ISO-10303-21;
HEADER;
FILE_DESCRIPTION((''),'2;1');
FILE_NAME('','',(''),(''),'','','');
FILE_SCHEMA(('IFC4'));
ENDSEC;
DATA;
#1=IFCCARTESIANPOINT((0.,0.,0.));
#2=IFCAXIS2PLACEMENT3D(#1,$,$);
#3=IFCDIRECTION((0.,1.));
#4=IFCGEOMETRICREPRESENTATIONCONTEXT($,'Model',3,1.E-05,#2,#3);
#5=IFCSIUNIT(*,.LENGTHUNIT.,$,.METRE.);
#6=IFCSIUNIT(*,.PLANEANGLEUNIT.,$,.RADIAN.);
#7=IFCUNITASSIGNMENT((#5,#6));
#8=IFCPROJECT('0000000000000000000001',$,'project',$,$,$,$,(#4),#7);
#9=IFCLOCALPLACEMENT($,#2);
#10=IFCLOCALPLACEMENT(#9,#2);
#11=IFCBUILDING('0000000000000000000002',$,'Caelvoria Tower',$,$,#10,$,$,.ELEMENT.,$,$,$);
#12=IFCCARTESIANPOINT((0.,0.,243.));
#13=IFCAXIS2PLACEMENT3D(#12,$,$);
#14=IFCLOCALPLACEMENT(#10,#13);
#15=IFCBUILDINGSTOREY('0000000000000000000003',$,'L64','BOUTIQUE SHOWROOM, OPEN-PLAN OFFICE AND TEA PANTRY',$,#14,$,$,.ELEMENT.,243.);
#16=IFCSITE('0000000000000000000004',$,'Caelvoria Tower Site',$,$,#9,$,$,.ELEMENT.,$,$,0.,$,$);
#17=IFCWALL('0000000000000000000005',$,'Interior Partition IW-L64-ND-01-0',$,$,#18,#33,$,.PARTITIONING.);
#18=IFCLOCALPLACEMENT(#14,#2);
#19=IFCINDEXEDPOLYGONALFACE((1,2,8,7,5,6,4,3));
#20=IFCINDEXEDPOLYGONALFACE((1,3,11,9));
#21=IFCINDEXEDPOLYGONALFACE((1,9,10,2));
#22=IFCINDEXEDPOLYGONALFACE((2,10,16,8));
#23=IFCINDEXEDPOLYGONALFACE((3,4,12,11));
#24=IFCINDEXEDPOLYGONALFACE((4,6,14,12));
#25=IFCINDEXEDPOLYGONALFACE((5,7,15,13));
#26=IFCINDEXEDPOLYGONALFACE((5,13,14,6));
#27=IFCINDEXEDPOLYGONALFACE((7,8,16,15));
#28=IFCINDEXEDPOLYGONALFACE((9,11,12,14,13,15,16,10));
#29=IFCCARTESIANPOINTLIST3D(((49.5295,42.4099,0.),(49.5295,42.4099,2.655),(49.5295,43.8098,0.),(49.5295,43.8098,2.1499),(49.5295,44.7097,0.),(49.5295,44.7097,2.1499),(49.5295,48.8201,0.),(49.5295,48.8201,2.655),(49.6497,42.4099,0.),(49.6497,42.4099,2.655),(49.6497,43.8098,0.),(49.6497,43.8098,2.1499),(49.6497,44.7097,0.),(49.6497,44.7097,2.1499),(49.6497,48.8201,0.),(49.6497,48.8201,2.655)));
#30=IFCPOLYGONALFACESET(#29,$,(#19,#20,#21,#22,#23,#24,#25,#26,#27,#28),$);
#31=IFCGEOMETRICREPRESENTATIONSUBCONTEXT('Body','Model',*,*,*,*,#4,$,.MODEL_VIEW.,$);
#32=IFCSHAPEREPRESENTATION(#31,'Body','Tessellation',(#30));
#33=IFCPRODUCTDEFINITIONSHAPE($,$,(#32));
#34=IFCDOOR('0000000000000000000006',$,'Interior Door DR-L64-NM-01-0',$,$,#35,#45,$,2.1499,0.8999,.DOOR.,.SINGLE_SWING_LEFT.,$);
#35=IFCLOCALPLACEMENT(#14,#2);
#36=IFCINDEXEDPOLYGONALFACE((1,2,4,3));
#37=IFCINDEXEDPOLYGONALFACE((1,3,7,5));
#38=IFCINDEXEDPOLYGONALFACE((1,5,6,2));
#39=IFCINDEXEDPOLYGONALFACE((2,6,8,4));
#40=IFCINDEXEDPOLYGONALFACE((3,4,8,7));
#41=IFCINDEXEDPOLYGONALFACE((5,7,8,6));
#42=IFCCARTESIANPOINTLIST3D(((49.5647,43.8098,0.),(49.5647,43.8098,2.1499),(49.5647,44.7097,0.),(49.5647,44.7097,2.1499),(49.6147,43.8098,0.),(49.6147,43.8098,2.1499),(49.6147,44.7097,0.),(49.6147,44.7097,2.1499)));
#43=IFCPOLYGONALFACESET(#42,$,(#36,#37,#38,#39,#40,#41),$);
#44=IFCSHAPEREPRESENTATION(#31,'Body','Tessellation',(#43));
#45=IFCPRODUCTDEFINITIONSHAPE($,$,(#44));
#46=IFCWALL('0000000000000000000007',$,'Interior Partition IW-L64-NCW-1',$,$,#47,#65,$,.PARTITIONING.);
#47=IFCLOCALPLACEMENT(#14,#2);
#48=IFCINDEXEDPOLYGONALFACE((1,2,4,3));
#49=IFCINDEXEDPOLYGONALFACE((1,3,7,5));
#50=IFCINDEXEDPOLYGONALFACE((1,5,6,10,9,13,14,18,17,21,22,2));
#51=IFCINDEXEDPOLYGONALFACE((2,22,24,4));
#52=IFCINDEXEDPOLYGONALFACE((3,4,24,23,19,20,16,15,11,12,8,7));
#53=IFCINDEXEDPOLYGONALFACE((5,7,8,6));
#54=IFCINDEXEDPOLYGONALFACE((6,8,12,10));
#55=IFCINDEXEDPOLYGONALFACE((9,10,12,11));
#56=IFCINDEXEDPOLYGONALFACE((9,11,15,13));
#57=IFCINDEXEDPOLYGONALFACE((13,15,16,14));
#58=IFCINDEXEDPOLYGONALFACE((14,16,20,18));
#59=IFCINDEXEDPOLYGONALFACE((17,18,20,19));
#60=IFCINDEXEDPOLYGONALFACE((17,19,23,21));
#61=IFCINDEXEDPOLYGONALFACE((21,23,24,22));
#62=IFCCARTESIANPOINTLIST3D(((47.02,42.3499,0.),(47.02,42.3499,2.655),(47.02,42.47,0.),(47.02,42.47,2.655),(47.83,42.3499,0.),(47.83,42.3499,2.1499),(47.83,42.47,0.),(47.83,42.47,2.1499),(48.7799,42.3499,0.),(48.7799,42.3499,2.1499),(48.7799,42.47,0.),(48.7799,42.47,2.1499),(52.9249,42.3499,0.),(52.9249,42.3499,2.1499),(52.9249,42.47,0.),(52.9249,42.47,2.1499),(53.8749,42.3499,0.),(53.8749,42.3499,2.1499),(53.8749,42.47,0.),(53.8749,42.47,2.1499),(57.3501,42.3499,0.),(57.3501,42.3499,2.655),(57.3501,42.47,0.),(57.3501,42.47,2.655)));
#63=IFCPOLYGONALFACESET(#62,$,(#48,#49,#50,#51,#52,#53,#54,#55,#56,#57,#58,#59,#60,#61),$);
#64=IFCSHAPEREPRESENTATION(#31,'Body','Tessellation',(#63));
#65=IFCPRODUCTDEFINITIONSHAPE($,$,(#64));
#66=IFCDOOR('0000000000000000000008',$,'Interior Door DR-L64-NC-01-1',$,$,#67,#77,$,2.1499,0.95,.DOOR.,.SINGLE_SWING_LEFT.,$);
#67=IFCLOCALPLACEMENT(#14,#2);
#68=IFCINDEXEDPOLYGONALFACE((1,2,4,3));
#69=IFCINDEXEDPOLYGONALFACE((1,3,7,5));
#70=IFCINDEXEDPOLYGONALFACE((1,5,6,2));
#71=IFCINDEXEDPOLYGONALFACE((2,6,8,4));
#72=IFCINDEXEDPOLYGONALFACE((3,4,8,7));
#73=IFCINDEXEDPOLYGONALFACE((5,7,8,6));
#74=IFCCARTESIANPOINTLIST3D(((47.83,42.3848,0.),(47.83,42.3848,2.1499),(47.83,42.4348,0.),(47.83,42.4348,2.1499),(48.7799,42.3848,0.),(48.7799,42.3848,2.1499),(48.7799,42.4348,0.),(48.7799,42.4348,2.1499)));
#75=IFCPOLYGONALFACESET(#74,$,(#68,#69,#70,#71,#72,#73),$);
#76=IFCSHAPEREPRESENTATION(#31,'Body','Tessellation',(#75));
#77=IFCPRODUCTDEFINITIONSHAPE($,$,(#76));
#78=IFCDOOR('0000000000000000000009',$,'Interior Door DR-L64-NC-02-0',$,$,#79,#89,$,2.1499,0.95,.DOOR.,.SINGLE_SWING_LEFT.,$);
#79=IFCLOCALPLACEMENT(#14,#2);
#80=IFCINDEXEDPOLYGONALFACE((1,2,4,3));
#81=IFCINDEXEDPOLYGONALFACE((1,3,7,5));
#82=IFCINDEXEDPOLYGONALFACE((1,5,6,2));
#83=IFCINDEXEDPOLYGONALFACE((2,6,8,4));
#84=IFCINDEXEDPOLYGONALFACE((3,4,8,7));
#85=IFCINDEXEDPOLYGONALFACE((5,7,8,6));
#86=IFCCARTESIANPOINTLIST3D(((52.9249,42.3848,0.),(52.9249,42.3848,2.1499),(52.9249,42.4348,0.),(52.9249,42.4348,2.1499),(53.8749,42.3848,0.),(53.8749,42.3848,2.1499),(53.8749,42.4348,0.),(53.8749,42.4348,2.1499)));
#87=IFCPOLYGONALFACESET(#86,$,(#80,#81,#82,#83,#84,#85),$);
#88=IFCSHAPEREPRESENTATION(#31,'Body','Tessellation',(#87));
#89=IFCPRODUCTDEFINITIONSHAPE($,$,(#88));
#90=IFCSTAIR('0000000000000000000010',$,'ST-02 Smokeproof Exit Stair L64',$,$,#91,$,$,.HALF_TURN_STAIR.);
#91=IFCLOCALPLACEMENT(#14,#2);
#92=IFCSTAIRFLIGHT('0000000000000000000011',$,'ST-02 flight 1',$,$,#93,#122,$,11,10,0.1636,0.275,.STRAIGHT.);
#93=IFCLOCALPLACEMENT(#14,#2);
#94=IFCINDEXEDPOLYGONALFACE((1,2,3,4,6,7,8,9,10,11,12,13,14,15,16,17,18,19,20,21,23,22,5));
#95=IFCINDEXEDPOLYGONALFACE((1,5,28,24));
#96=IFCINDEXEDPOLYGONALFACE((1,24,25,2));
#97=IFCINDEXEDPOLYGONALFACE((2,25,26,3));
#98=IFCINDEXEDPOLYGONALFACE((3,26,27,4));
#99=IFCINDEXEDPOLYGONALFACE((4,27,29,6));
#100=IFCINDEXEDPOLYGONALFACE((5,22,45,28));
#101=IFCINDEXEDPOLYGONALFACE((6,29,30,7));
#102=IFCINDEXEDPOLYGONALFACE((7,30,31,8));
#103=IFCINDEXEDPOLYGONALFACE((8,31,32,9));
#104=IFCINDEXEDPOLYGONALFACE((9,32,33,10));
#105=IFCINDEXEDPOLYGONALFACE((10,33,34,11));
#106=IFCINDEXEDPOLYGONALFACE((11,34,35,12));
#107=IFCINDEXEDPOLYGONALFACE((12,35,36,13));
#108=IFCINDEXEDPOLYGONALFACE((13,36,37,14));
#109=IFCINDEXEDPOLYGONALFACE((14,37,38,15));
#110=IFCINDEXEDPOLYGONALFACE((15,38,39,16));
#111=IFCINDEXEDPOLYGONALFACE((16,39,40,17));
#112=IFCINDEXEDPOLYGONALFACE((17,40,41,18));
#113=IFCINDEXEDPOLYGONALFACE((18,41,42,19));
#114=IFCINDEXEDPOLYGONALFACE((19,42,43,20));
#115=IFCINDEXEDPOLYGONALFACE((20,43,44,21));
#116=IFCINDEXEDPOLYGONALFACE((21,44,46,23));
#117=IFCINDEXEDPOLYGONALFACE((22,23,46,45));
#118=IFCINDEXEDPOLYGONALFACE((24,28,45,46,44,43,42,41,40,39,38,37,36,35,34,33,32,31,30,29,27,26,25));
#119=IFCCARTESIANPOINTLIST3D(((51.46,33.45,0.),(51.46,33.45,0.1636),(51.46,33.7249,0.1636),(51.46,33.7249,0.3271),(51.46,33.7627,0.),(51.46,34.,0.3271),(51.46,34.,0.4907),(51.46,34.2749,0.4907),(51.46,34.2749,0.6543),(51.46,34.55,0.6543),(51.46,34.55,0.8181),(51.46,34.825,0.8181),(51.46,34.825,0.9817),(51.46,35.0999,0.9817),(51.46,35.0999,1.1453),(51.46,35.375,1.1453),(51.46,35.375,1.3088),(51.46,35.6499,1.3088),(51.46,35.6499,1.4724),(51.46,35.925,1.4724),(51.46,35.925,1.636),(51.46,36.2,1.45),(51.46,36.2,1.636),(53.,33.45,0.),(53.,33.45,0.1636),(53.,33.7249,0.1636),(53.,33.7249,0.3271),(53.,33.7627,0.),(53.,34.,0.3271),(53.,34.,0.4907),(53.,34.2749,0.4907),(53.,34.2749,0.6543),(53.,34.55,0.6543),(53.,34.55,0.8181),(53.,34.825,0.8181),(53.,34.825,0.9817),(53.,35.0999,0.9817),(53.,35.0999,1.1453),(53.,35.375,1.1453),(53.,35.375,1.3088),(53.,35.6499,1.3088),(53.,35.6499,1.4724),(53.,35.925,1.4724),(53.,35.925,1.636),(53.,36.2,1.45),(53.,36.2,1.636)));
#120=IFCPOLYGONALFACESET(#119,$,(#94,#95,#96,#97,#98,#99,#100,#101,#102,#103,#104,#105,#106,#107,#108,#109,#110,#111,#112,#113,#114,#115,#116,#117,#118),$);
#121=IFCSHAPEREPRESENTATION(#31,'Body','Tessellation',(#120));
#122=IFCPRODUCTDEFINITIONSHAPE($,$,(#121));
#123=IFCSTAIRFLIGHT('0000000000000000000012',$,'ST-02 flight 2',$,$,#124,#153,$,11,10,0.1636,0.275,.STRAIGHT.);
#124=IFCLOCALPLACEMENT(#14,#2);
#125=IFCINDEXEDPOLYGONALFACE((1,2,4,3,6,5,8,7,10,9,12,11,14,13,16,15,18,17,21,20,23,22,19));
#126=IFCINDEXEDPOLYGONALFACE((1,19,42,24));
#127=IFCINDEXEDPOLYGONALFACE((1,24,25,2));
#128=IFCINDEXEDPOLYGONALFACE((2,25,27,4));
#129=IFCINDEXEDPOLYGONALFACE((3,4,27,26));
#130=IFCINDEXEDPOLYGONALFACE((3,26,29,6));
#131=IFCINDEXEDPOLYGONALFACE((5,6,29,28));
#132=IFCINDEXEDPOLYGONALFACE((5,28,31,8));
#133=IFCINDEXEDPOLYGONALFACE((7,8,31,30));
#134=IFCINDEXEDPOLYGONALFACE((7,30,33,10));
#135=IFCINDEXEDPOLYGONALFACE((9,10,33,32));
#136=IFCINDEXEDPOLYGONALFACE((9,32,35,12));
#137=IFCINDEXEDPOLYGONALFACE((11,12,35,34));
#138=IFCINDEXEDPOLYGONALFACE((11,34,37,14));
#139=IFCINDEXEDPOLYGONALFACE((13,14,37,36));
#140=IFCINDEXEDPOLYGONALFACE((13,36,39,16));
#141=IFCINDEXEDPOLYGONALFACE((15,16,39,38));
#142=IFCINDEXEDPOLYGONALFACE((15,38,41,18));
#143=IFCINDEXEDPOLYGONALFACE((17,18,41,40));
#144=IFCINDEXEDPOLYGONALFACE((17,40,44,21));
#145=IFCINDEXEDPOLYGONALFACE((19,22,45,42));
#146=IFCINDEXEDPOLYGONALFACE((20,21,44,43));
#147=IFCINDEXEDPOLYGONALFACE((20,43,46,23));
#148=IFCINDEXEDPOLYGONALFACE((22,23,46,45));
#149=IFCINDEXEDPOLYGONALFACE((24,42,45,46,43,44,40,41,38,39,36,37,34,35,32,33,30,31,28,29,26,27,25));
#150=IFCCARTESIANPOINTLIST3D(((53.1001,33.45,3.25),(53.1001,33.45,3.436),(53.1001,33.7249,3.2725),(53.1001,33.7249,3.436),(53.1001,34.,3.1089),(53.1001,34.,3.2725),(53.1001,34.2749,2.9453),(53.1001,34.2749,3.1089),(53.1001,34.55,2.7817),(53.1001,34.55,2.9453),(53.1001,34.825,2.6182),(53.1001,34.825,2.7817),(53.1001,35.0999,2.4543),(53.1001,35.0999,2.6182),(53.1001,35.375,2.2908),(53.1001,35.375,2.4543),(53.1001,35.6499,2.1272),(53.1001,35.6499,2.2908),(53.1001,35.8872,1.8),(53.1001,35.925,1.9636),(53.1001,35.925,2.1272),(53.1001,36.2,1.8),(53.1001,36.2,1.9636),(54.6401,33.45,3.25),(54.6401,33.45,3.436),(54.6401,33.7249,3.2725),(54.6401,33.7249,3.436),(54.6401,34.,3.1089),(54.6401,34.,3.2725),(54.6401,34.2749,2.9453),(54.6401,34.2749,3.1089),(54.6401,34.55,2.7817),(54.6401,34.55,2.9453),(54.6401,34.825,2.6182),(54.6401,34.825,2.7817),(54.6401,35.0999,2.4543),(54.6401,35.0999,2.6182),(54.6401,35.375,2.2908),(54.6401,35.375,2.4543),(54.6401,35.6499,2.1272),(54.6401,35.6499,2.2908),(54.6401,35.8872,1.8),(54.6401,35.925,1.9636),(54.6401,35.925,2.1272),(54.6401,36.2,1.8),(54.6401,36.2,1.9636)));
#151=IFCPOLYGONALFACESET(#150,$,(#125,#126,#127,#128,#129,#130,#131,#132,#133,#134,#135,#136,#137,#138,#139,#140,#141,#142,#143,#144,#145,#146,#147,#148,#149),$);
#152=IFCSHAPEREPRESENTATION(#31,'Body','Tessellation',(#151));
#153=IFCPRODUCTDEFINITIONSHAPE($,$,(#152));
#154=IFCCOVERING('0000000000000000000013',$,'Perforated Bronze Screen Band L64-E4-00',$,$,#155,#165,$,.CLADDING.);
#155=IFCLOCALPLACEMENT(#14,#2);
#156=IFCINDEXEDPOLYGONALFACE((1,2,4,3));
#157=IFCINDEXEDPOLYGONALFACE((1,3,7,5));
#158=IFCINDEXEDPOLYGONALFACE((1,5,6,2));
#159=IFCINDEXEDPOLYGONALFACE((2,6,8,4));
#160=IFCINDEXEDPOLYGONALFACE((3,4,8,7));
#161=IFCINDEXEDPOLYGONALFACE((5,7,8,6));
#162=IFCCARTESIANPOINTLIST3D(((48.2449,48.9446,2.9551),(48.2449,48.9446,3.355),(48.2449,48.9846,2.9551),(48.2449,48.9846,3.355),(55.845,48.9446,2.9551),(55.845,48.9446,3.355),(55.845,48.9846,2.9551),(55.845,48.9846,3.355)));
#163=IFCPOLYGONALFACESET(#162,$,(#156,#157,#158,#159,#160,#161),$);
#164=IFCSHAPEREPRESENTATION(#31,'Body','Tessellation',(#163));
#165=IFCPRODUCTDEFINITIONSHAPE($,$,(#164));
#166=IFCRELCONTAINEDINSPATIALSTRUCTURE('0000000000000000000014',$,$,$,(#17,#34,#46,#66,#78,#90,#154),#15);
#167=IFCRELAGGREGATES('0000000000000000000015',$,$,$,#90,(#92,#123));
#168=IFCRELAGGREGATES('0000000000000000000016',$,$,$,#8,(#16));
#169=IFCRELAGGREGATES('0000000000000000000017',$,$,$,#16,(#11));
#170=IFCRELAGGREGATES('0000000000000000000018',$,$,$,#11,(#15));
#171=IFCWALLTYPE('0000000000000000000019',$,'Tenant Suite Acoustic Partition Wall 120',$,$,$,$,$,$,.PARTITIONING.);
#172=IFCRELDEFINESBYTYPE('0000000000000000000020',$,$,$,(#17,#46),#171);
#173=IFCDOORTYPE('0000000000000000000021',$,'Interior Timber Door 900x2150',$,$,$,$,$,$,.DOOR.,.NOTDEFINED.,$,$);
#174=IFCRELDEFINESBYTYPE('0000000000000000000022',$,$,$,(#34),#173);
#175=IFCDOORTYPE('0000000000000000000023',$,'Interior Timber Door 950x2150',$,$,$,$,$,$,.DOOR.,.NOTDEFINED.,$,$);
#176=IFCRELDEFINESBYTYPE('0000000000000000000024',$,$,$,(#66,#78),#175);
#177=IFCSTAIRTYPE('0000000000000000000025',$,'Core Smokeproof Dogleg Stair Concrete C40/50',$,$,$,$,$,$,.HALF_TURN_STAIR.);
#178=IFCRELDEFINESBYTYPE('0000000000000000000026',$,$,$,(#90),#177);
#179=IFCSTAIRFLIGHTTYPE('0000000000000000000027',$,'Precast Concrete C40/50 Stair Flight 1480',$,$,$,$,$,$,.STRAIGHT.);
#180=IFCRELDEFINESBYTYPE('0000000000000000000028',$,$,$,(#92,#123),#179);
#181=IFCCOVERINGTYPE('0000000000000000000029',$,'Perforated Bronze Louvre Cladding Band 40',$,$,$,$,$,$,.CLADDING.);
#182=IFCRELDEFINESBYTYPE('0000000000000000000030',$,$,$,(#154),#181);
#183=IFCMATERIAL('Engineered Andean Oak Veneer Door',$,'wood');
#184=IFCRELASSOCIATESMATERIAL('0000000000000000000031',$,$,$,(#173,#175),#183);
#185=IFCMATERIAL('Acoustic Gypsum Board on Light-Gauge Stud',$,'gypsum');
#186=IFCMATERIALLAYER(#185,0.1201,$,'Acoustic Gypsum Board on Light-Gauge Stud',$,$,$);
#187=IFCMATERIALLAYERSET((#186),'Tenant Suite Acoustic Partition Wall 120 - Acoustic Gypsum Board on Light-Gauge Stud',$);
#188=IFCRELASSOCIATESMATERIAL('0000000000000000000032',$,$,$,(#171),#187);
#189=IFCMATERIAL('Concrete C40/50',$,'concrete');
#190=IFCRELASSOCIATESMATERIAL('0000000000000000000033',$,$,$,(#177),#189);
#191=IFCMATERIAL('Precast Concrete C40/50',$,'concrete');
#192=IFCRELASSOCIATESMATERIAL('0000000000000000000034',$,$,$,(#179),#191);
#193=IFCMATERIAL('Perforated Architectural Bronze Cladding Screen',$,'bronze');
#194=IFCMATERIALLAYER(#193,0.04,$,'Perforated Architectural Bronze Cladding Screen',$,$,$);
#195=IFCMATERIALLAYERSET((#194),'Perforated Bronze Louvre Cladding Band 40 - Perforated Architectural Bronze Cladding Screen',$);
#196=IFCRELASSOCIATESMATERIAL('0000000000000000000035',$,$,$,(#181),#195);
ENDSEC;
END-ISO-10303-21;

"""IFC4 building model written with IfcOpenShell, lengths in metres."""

from ifc_helpers import new_model, si_unit, direction, frame, frame_2d, origin, origin_2d, place, context, subcontext, project, spatial, polyline, rectangle, outline, extrude, material, layer, layer_set, type_object, element, fill, aggregate, save


model = new_model("IFC4")

# Units and contexts
model_context = context("Model", 3, precision=1e-05, world=origin(), true_north=direction((0.0, 1.0)))
body_context = subcontext(model_context, "Body", "Model", "MODEL_VIEW")
ifc_project = project(units=[si_unit("LENGTHUNIT", "METRE"), si_unit("PLANEANGLEUNIT", "RADIAN")], contexts=[model_context])

# Site, building, storey
site_placement = place(None, origin())
site = spatial("IfcSite", under=ifc_project, at=site_placement, Name="Caelvoria Tower Site", CompositionType="ELEMENT", RefElevation=0.0)
building_placement = place(site_placement, origin())
building = spatial("IfcBuilding", under=site, at=building_placement, Name="Caelvoria Tower", CompositionType="ELEMENT")
storey_placement = place(building_placement, frame((0.0, 0.0, 243.0)))
storey = spatial("IfcBuildingStorey", under=building, at=storey_placement, Name="L64", Description="BOUTIQUE SHOWROOM, OPEN-PLAN OFFICE AND TEA PANTRY", CompositionType="ELEMENT", Elevation=243.0)

# Shared definitions
ifc_material_1 = material(Name="Engineered Andean Oak Veneer Door", Category="wood")
door_type_1 = type_object("IfcDoorType", Name="Interior Timber Door 900x2150", OperationType="NOTDEFINED", PredefinedType="DOOR", material=ifc_material_1)

# Wall, opening, door
ifc_material_2 = material(Name="Acoustic Gypsum Board on Light-Gauge Stud", Category="gypsum")
ifc_layer_1 = layer(ifc_material_2, 0.1201, Name="Acoustic Gypsum Board on Light-Gauge Stud")
ifc_layer_set_1 = layer_set([ifc_layer_1], Name="Tenant Suite Acoustic Partition Wall 120 - Acoustic Gypsum Board on Light-Gauge Stud")
wall_type_1 = type_object("IfcWallType", Name="Tenant Suite Acoustic Partition Wall 120", PredefinedType="PARTITIONING", material=ifc_layer_set_1)
wall_1_placement = place(storey_placement, frame((49.5896, 42.4099, 0.0), z_axis=(0.0, 0.0, 1.0), x_axis=(0.0, 1.0, 0.0)))
wall_1 = element("IfcWall", 1, at=wall_1_placement, inside=storey, type_object=wall_type_1, Name="Interior Partition IW-L64-ND-01-0", PredefinedType="PARTITIONING", context=body_context, shape_type="SweptSolid", body=[
    extrude(rectangle(XDim=6.4102, YDim=0.1201, at=frame_2d((3.2051, 0.0))), origin(), (0.0, 0.0, 1.0), 2.655),
])
opening_1_placement = place(wall_1_placement, frame((1.3999, 0.0, 0.0)))
opening_1 = element("IfcOpeningElement", 2, at=opening_1_placement, cuts=wall_1, PredefinedType="OPENING", context=body_context, shape_type="SweptSolid", body=[
    extrude(rectangle(XDim=0.8999, YDim=2.1499, at=frame_2d((0.45, 1.075))), frame((0.0, 0.0701, 0.0), z_axis=(0.0, -1.0, 0.0), x_axis=(1.0, 0.0, 0.0)), (0.0, 0.0, 1.0), 0.1401),
])
door_1_placement = place(opening_1_placement, origin())
door_1 = element("IfcDoor", 3, at=door_1_placement, inside=storey, type_object=door_type_1, Name="Interior Door DR-L64-NM-01-0", OperationType="SINGLE_SWING_LEFT", OverallHeight=2.1499, OverallWidth=0.8999, PredefinedType="DOOR", context=body_context, shape_type="SweptSolid", body=[
    extrude(rectangle(XDim=0.8999, YDim=2.1499, at=frame_2d((0.45, 1.075))), frame((0.0, 0.0249, 0.0), z_axis=(0.0, -1.0, 0.0), x_axis=(1.0, 0.0, 0.0)), (0.0, 0.0, 1.0), 0.05),
])
fill(opening_1, door_1)

# Wall, openings, doors
wall_2_placement = place(storey_placement, frame((47.02, 42.4099, 0.0), z_axis=(0.0, 0.0, 1.0), x_axis=(1.0, 0.0, 0.0)))
wall_2 = element("IfcWall", 4, at=wall_2_placement, inside=storey, type_object=wall_type_1, Name="Interior Partition IW-L64-NCW-1", PredefinedType="PARTITIONING", context=body_context, shape_type="SweptSolid", body=[
    extrude(rectangle(XDim=10.3301, YDim=0.1201, at=frame_2d((5.165, 0.0))), origin(), (0.0, 0.0, 1.0), 2.655),
])
opening_2_placement = place(wall_2_placement, frame((0.8098, 0.0, 0.0)))
opening_2 = element("IfcOpeningElement", 5, at=opening_2_placement, cuts=wall_2, PredefinedType="OPENING", context=body_context, shape_type="SweptSolid", body=[
    extrude(rectangle(XDim=0.95, YDim=2.1499, at=frame_2d((0.4751, 1.075))), frame((0.0, 0.0701, 0.0), z_axis=(0.0, -1.0, 0.0), x_axis=(1.0, 0.0, 0.0)), (0.0, 0.0, 1.0), 0.1401),
])
opening_3_placement = place(wall_2_placement, frame((5.9048, 0.0, 0.0)))
opening_3 = element("IfcOpeningElement", 6, at=opening_3_placement, cuts=wall_2, PredefinedType="OPENING", context=body_context, shape_type="SweptSolid", body=[
    extrude(rectangle(XDim=0.95, YDim=2.1499, at=frame_2d((0.4751, 1.075))), frame((0.0, 0.0701, 0.0), z_axis=(0.0, -1.0, 0.0), x_axis=(1.0, 0.0, 0.0)), (0.0, 0.0, 1.0), 0.1401),
])
door_type_2 = type_object("IfcDoorType", Name="Interior Timber Door 950x2150", OperationType="NOTDEFINED", PredefinedType="DOOR", material=ifc_material_1)
door_2_placement = place(opening_2_placement, origin())
door_2 = element("IfcDoor", 7, at=door_2_placement, inside=storey, type_object=door_type_2, Name="Interior Door DR-L64-NC-01-1", OperationType="SINGLE_SWING_LEFT", OverallHeight=2.1499, OverallWidth=0.95, PredefinedType="DOOR", context=body_context, shape_type="SweptSolid", body=[
    extrude(rectangle(XDim=0.95, YDim=2.1499, at=frame_2d((0.4751, 1.075))), frame((0.0, 0.0249, 0.0), z_axis=(0.0, -1.0, 0.0), x_axis=(1.0, 0.0, 0.0)), (0.0, 0.0, 1.0), 0.05),
])
fill(opening_2, door_2)
door_3_placement = place(opening_3_placement, origin())
door_3 = element("IfcDoor", 8, at=door_3_placement, inside=storey, type_object=door_type_2, Name="Interior Door DR-L64-NC-02-0", OperationType="SINGLE_SWING_LEFT", OverallHeight=2.1499, OverallWidth=0.95, PredefinedType="DOOR", context=body_context, shape_type="SweptSolid", body=[
    extrude(rectangle(XDim=0.95, YDim=2.1499, at=frame_2d((0.4751, 1.075))), frame((0.0, 0.0249, 0.0), z_axis=(0.0, -1.0, 0.0), x_axis=(1.0, 0.0, 0.0)), (0.0, 0.0, 1.0), 0.05),
])
fill(opening_3, door_3)

# Stair, stair flights
ifc_material_3 = material(Name="Concrete C40/50", Category="concrete")
stair_type = type_object("IfcStairType", Name="Core Smokeproof Dogleg Stair Concrete C40/50", PredefinedType="HALF_TURN_STAIR", material=ifc_material_3)
stair_placement = place(storey_placement, origin())
stair = element("IfcStair", 9, at=stair_placement, inside=storey, type_object=stair_type, Name="ST-02 Smokeproof Exit Stair L64", PredefinedType="HALF_TURN_STAIR")
ifc_material_4 = material(Name="Precast Concrete C40/50", Category="concrete")
stair_flight_type = type_object("IfcStairFlightType", Name="Precast Concrete C40/50 Stair Flight 1480", PredefinedType="STRAIGHT", material=ifc_material_4)
stair_flight_1_placement = place(storey_placement, frame((52.23, 33.45, 0.0), z_axis=(0.0, 0.0, 1.0), x_axis=(0.0, 1.0, 0.0)))
stair_flight_1 = element("IfcStairFlight", 10, at=stair_flight_1_placement, type_object=stair_flight_type, Name="ST-02 flight 1", NumberOfRisers=11, NumberOfTreads=10, PredefinedType="STRAIGHT", RiserHeight=0.1636, TreadLength=0.275, context=body_context, shape_type="SweptSolid", body=[
    extrude(outline(polyline([(0.0, 0.0), (0.0, 0.1636), (0.2749, 0.1636), (0.2749, 0.3271), (0.55, 0.3271), (0.55, 0.4907), (0.825, 0.4907), (0.825, 0.6543), (1.1001, 0.6543), (1.1001, 0.8181), (1.375, 0.8181), (1.375, 0.9817), (1.6499, 0.9817), (1.6499, 1.1453), (1.925, 1.1453), (1.925, 1.3088), (2.2, 1.3088), (2.2, 1.4724), (2.4751, 1.4724), (2.4751, 1.636), (2.75, 1.636), (2.75, 1.7996), (2.75, 1.45), (0.3127, 0.0), (0.0, 0.0)])), frame((0.0, 0.77, 0.0), z_axis=(0.0, -1.0, 0.0), x_axis=(1.0, 0.0, 0.0)), (0.0, 0.0, 1.0), 1.54),
])
stair_flight_2_placement = place(storey_placement, frame((53.8701, 36.2, 1.8), z_axis=(0.0, 0.0, 1.0), x_axis=(0.0, -1.0, 0.0)))
stair_flight_2 = element("IfcStairFlight", 11, at=stair_flight_2_placement, type_object=stair_flight_type, Name="ST-02 flight 2", NumberOfRisers=11, NumberOfTreads=10, PredefinedType="STRAIGHT", RiserHeight=0.1636, TreadLength=0.275, context=body_context, shape_type="SweptSolid", body=[
    extrude(outline(polyline([(0.0, 0.0), (0.0, 0.1636), (0.2749, 0.1636), (0.2749, 0.3271), (0.55, 0.3271), (0.55, 0.4907), (0.825, 0.4907), (0.825, 0.6543), (1.1001, 0.6543), (1.1001, 0.8181), (1.375, 0.8181), (1.375, 0.9817), (1.6499, 0.9817), (1.6499, 1.1453), (1.925, 1.1453), (1.925, 1.3088), (2.2, 1.3088), (2.2, 1.4724), (2.4751, 1.4724), (2.4751, 1.636), (2.75, 1.636), (2.75, 1.7996), (2.75, 1.45), (0.3127, 0.0), (0.0, 0.0)])), frame((0.0, 0.77, 0.0), z_axis=(0.0, -1.0, 0.0), x_axis=(1.0, 0.0, 0.0)), (0.0, 0.0, 1.0), 1.54),
])
aggregate(stair, [stair_flight_1, stair_flight_2])

# Covering
ifc_material_5 = material(Name="Perforated Architectural Bronze Cladding Screen", Category="bronze")
ifc_layer_2 = layer(ifc_material_5, 0.04, Name="Perforated Architectural Bronze Cladding Screen")
ifc_layer_set_2 = layer_set([ifc_layer_2], Name="Perforated Bronze Louvre Cladding Band 40 - Perforated Architectural Bronze Cladding Screen")
covering_type = type_object("IfcCoveringType", Name="Perforated Bronze Louvre Cladding Band 40", PredefinedType="CLADDING", material=ifc_layer_set_2)
covering_placement = place(storey_placement, frame((52.0449, 48.9646, 2.9551), z_axis=(0.0, 0.0, 1.0), x_axis=(-1.0, 0.0, 0.0)))
element("IfcCovering", 12, at=covering_placement, inside=storey, type_object=covering_type, Name="Perforated Bronze Screen Band L64-E4-00", PredefinedType="CLADDING", context=body_context, shape_type="SweptSolid", body=[
    extrude(rectangle(XDim=7.6001, YDim=0.04, at=origin_2d()), origin(), (0.0, 0.0, 1.0), 0.3999),
])

save(model, "model.ifc")
